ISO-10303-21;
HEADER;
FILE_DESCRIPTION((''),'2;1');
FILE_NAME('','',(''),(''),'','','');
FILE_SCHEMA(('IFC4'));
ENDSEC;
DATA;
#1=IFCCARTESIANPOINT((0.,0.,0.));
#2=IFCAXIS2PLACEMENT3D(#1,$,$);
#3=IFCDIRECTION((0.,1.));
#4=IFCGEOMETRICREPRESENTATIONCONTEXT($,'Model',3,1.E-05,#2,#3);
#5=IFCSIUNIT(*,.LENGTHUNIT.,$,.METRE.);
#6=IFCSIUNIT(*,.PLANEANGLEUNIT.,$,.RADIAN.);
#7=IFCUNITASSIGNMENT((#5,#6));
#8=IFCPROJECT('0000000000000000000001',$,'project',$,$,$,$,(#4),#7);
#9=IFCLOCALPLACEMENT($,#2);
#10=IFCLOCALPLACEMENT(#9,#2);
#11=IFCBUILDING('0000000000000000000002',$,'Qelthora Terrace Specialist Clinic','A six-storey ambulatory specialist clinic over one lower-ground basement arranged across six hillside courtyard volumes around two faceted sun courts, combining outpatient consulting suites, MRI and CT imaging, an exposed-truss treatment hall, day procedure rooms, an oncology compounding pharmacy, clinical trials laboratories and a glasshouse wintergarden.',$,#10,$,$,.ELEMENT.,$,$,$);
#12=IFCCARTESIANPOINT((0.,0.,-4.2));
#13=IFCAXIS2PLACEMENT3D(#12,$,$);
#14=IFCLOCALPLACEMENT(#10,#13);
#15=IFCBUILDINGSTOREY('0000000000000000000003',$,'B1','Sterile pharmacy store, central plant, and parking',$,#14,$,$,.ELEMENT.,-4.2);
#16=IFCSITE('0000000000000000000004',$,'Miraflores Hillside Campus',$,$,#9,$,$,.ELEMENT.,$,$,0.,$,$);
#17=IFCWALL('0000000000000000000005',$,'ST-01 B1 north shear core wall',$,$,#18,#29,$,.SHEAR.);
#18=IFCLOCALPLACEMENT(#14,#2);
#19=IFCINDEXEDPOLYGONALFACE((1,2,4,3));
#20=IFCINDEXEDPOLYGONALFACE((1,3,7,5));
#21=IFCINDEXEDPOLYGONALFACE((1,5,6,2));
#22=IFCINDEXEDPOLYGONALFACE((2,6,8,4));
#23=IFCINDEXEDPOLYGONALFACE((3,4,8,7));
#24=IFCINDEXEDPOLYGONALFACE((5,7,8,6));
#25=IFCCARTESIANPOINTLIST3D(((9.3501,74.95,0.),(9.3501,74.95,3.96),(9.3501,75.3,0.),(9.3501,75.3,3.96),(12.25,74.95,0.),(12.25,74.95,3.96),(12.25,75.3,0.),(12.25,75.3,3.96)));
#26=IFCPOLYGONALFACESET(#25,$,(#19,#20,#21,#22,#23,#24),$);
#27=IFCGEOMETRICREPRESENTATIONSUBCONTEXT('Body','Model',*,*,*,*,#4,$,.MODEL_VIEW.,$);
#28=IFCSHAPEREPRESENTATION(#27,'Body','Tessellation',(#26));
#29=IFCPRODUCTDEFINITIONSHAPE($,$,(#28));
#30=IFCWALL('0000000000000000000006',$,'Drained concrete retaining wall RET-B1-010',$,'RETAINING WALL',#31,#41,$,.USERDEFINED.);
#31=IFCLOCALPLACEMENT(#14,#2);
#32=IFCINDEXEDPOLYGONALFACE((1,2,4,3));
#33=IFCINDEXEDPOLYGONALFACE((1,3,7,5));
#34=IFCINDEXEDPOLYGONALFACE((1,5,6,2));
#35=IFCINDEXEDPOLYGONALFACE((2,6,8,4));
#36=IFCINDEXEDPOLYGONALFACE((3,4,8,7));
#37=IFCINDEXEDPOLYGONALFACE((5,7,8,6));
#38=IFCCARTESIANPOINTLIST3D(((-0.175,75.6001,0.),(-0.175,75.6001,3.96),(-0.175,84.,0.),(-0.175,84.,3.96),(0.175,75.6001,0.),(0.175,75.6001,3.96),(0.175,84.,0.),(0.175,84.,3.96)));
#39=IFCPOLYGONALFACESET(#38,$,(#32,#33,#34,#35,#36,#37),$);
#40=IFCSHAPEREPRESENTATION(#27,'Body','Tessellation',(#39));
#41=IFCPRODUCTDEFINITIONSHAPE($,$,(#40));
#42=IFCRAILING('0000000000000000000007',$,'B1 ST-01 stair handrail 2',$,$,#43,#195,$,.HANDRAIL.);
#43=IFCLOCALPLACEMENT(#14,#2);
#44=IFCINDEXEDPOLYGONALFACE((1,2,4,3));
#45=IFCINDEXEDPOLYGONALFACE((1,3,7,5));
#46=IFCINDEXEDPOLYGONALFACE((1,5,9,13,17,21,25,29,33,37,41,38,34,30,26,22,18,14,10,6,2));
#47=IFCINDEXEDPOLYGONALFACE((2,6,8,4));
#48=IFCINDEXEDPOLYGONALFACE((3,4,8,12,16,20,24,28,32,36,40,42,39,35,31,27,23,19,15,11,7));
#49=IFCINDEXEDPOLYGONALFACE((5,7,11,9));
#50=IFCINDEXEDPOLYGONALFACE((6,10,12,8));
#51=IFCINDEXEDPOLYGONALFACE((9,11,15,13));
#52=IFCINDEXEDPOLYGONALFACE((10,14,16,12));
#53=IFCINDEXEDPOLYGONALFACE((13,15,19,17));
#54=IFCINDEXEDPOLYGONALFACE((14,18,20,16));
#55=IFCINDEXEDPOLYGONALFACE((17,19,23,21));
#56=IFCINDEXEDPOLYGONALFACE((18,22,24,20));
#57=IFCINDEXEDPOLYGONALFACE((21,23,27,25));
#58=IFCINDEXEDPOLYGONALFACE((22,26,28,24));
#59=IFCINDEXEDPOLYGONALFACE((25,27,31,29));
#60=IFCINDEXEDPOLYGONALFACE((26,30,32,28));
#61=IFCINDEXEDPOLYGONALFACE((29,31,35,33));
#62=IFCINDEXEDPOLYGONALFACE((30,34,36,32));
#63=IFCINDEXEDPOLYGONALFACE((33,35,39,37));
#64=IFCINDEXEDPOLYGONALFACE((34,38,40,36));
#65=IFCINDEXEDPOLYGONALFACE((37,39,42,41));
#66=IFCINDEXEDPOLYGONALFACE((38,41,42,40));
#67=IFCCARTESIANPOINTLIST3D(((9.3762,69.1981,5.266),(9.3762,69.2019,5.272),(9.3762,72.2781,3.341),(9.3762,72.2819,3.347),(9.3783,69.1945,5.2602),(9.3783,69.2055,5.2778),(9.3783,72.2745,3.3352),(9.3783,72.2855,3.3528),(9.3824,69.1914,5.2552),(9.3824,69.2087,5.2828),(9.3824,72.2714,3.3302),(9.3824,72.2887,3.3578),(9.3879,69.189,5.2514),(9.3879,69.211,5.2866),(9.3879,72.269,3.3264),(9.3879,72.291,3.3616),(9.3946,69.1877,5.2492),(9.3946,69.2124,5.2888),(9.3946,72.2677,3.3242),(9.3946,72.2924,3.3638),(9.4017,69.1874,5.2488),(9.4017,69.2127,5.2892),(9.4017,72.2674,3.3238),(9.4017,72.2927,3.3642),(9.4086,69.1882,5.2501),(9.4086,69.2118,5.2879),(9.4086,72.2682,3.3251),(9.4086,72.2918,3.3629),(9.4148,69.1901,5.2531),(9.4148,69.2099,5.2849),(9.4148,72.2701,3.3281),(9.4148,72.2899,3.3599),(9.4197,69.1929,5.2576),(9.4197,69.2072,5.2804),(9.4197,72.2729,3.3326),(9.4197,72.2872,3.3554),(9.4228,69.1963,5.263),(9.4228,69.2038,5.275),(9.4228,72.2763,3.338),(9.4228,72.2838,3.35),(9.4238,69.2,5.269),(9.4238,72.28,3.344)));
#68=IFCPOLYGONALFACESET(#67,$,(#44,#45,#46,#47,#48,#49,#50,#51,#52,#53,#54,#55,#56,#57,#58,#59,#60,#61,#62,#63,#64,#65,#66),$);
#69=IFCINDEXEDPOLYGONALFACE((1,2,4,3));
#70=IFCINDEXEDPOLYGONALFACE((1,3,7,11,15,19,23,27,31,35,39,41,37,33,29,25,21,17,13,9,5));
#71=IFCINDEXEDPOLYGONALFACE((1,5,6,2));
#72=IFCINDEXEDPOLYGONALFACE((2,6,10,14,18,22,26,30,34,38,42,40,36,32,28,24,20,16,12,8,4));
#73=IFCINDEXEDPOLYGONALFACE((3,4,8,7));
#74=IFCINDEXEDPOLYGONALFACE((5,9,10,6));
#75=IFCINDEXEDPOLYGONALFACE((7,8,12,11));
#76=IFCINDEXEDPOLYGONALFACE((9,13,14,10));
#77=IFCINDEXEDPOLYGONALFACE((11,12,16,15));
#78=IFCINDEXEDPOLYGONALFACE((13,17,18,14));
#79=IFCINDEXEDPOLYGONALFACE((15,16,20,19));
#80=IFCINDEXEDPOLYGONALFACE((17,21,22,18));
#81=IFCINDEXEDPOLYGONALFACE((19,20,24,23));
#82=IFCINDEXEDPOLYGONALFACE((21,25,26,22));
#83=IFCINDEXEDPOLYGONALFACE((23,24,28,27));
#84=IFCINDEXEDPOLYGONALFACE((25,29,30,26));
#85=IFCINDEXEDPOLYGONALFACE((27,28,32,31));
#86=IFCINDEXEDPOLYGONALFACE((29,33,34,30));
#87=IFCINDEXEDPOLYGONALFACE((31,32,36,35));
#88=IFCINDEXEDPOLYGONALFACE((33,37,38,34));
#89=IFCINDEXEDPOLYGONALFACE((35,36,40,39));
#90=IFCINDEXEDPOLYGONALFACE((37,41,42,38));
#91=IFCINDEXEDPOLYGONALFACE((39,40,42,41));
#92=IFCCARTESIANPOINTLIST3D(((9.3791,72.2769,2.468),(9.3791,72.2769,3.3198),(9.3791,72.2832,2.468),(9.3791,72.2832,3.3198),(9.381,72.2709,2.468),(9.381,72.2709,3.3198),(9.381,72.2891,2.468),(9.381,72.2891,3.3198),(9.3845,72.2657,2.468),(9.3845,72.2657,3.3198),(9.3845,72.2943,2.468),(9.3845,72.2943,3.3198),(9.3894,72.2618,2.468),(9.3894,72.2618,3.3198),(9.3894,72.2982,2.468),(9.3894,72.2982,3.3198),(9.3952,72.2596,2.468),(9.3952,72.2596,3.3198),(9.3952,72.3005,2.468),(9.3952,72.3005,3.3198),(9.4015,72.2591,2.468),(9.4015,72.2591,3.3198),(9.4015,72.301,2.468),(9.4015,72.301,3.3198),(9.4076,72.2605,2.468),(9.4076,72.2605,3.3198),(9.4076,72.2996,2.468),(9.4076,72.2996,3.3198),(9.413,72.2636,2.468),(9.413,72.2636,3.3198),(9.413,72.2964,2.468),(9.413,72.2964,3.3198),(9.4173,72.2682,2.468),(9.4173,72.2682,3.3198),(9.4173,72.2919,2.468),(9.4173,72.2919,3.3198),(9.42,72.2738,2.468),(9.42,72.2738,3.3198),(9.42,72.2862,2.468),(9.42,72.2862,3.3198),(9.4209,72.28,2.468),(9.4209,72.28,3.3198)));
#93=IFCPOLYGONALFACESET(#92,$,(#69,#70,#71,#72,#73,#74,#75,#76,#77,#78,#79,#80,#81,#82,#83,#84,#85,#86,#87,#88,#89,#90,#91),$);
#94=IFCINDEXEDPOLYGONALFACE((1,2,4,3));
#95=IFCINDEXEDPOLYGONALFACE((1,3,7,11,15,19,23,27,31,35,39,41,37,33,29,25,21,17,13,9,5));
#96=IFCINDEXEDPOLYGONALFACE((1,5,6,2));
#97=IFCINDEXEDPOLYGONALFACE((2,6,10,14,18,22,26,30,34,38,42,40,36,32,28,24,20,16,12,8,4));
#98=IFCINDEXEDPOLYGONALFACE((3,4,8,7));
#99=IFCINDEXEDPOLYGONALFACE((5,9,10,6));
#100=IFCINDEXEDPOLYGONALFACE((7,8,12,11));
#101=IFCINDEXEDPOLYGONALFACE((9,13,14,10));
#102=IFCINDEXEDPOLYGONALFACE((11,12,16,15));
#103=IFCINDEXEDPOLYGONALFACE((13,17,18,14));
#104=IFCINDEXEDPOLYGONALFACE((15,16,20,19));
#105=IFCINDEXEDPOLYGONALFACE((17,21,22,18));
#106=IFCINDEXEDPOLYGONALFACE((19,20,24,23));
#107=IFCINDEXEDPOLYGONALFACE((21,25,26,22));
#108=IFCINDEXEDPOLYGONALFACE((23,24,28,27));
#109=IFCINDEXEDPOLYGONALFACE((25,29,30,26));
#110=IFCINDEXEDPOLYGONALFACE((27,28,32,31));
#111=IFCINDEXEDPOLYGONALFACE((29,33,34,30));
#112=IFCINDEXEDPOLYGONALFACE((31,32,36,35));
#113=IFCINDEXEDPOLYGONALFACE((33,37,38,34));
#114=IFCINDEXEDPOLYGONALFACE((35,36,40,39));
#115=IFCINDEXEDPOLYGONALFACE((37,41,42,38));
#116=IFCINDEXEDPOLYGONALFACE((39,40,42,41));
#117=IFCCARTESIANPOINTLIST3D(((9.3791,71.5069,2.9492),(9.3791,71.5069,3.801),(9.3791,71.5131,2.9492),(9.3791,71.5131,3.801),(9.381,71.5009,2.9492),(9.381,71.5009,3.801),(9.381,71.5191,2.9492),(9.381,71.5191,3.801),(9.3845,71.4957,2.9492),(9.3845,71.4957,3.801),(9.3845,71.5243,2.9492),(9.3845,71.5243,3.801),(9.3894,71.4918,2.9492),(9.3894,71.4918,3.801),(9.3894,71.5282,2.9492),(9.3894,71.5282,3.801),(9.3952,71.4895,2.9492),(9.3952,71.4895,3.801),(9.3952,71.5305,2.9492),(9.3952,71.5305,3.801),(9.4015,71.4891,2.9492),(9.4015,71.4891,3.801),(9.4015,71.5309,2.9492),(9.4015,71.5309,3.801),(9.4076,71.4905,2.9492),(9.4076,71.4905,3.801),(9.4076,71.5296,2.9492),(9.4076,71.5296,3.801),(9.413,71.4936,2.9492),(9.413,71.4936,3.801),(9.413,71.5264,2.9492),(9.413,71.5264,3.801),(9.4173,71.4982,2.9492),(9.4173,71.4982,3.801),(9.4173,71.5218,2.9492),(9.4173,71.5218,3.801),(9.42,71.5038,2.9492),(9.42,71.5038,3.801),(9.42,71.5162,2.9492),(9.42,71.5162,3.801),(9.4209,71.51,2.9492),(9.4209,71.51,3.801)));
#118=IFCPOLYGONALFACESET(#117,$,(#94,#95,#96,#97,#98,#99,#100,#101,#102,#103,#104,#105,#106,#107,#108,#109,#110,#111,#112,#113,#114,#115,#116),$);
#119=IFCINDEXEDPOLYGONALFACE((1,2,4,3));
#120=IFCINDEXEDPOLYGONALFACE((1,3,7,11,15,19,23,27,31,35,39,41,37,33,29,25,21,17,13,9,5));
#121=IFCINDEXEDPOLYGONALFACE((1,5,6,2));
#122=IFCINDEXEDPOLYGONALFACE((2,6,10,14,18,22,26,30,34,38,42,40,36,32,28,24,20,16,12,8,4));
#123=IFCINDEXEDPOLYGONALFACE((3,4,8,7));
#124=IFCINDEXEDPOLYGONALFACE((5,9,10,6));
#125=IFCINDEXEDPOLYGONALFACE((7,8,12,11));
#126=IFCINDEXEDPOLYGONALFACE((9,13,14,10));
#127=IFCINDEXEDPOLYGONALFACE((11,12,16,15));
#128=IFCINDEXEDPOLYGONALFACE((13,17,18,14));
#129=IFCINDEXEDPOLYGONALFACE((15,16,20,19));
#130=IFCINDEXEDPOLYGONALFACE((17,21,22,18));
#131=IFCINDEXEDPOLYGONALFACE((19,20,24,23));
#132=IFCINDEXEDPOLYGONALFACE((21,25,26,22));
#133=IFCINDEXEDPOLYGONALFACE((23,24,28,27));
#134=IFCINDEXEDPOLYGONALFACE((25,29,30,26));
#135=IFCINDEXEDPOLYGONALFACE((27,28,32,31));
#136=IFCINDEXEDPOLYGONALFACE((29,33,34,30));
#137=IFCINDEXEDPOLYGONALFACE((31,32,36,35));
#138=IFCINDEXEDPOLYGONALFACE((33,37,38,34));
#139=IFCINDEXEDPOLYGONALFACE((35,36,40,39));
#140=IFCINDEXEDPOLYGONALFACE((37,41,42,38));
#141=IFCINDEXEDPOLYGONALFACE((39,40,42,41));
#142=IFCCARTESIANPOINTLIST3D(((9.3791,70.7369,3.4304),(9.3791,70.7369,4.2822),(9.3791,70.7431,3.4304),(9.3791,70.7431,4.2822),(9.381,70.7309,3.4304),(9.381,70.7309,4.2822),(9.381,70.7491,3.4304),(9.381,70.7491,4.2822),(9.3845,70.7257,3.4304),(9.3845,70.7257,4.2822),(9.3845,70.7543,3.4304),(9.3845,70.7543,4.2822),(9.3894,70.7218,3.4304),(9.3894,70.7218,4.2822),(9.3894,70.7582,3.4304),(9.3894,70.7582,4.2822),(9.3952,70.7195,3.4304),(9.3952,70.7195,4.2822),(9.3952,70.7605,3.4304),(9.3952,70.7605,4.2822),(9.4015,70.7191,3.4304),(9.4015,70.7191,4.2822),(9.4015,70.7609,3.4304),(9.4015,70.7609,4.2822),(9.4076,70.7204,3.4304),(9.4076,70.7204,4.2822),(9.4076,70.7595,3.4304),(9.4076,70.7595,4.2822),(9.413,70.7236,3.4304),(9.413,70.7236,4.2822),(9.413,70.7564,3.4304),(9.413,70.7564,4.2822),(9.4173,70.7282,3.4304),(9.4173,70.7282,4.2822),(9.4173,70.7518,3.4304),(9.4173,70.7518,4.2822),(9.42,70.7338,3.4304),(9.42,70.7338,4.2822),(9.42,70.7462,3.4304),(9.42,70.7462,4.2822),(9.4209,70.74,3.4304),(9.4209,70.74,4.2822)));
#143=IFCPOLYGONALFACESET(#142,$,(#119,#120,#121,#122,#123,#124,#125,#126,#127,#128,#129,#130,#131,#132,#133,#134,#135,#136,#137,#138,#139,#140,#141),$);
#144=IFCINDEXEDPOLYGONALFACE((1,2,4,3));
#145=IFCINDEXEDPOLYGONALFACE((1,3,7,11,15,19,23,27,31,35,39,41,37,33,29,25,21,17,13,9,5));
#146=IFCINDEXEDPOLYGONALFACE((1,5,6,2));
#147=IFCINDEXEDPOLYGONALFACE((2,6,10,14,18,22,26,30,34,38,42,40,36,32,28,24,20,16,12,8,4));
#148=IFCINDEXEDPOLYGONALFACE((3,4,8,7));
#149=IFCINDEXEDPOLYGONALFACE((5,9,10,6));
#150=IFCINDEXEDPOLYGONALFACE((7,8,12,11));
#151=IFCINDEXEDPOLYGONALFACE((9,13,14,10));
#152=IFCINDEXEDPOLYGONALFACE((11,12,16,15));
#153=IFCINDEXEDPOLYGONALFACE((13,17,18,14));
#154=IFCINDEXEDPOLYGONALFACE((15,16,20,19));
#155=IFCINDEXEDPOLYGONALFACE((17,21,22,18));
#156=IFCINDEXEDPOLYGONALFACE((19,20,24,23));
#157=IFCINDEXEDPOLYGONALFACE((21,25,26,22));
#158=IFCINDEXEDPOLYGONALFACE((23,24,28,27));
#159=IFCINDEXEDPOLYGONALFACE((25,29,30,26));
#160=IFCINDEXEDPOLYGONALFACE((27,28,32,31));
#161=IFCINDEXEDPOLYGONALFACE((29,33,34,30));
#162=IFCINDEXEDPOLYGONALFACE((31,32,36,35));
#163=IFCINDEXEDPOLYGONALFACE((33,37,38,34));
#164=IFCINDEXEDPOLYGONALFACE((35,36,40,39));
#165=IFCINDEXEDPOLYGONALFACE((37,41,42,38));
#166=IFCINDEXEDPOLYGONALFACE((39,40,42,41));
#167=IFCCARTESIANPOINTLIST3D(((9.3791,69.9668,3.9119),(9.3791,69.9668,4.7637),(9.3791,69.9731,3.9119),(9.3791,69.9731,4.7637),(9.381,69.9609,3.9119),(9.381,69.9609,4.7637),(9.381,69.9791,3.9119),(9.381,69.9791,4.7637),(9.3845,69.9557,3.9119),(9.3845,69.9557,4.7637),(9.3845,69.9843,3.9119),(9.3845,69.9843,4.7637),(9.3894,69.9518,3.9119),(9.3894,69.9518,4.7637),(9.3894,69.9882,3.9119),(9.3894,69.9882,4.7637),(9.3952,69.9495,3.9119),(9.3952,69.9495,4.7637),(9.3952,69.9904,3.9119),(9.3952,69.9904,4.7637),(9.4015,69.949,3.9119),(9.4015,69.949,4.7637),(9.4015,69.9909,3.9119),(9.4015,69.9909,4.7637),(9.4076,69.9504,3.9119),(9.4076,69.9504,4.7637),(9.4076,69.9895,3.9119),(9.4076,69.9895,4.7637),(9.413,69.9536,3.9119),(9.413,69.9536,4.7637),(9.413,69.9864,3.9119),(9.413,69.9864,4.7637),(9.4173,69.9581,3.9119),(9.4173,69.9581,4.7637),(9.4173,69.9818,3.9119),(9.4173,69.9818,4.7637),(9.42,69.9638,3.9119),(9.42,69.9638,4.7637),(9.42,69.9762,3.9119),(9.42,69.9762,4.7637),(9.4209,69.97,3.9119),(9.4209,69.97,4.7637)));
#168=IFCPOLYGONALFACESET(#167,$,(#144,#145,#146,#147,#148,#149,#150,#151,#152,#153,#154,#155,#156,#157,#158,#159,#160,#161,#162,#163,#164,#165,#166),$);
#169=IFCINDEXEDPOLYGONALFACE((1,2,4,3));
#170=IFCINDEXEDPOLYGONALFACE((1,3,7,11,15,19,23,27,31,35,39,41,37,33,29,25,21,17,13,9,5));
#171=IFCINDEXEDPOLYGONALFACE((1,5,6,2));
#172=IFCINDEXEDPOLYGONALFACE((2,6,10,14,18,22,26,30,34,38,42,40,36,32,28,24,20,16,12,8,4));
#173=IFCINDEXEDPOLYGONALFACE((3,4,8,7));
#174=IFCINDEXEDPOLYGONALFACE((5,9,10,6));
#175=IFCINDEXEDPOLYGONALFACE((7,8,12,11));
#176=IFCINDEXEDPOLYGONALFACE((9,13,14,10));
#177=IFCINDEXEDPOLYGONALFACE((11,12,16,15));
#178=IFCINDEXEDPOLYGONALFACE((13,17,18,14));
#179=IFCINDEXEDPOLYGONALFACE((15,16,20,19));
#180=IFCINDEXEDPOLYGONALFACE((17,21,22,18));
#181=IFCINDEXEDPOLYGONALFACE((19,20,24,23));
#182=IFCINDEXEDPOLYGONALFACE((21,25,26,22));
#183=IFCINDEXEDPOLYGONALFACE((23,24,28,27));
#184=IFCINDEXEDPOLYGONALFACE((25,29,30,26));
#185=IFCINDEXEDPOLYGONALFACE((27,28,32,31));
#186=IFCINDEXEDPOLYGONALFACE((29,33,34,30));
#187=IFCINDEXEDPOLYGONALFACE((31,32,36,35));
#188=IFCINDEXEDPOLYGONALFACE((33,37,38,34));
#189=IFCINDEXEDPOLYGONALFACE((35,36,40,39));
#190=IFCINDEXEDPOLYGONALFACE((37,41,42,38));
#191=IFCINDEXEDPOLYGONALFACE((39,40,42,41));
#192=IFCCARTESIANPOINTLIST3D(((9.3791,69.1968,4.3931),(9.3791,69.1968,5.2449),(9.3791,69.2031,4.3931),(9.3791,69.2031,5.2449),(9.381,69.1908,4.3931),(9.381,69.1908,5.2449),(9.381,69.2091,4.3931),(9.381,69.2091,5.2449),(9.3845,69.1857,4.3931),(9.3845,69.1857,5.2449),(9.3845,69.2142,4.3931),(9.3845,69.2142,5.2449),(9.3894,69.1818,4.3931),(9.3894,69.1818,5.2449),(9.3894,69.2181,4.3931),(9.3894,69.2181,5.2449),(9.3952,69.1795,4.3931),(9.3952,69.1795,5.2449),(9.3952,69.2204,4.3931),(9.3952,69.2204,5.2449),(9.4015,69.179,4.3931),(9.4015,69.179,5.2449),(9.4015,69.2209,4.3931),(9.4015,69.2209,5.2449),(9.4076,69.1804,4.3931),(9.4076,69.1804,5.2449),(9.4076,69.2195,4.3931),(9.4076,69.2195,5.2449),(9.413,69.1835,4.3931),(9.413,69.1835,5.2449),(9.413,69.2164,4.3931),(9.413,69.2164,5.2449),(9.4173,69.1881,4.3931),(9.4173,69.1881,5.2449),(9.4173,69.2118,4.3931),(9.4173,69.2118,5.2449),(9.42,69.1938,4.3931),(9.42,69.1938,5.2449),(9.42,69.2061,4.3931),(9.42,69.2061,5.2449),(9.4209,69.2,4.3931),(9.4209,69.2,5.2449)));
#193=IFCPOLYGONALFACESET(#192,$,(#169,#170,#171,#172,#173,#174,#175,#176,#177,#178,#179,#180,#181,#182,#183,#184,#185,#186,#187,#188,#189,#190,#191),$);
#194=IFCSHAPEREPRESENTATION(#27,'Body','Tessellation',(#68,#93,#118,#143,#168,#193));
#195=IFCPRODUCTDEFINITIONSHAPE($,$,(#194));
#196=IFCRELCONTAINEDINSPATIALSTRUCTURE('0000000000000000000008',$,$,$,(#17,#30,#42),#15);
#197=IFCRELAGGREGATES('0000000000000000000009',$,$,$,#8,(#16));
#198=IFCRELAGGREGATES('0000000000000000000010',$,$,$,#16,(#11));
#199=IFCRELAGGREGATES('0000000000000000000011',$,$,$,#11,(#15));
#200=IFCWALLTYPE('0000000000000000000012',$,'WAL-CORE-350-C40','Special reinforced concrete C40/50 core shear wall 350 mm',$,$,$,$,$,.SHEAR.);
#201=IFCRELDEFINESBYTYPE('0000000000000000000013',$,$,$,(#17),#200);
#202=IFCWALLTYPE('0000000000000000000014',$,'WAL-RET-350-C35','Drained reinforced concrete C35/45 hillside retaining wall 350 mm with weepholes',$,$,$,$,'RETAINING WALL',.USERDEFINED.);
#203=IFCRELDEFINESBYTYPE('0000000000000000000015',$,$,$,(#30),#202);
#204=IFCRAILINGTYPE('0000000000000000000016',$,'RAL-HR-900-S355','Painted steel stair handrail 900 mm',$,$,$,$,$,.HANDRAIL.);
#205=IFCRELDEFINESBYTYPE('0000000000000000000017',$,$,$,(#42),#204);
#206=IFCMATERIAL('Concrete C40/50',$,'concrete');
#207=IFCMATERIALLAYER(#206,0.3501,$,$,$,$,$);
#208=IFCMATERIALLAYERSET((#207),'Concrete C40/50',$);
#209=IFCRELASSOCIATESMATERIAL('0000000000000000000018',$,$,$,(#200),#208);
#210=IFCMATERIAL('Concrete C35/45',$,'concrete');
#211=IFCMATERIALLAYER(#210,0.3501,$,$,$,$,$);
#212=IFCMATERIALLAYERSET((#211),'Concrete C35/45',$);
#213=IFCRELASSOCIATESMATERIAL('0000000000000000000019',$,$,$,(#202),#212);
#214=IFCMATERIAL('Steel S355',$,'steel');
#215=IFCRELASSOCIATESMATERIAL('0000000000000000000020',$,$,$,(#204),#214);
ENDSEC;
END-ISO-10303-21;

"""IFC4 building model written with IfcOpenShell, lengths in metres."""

from ifc_helpers import new_model, si_unit, direction, frame, frame_2d, origin, origin_2d, place, context, subcontext, project, spatial, rectangle, circle, extrude, material, layer, layer_set, type_object, element, save


model = new_model("IFC4")

# Units and contexts
model_context = context("Model", 3, precision=1e-05, world=origin(), true_north=direction((0.0, 1.0)))
body_context = subcontext(model_context, "Body", "Model", "MODEL_VIEW")
ifc_project = project(units=[si_unit("LENGTHUNIT", "METRE"), si_unit("PLANEANGLEUNIT", "RADIAN")], contexts=[model_context])

# Site, building, storey
site_placement = place(None, origin())
site = spatial("IfcSite", under=ifc_project, at=site_placement, Name="Miraflores Hillside Campus", CompositionType="ELEMENT", RefElevation=0.0)
building_placement = place(site_placement, origin())
building = spatial("IfcBuilding", under=site, at=building_placement, Name="Qelthora Terrace Specialist Clinic", Description="A six-storey ambulatory specialist clinic over one lower-ground basement arranged across six hillside courtyard volumes around two faceted sun courts, combining outpatient consulting suites, MRI and CT imaging, an exposed-truss treatment hall, day procedure rooms, an oncology compounding pharmacy, clinical trials laboratories and a glasshouse wintergarden.", CompositionType="ELEMENT")
storey_placement = place(building_placement, frame((0.0, 0.0, -4.2)))
storey = spatial("IfcBuildingStorey", under=building, at=storey_placement, Name="B1", Description="Sterile pharmacy store, central plant, and parking", CompositionType="ELEMENT", Elevation=-4.2)

# Shared definitions
ifc_material_1 = material(Name="Concrete C35/45", Category="concrete")

# Shared definitions
ifc_material_2 = material(Name="Concrete C40/50", Category="concrete")
ifc_material_3 = material(Name="Steel S355", Category="steel")

# Wall
ifc_layer_1 = layer(ifc_material_2, 0.3501)
ifc_layer_set_1 = layer_set([ifc_layer_1], Name="Concrete C40/50")
wall_type_1 = type_object("IfcWallType", Name="WAL-CORE-350-C40", Description="Special reinforced concrete C40/50 core shear wall 350 mm", PredefinedType="SHEAR", material=ifc_layer_set_1)
wall_1_placement = place(storey_placement, frame((9.3501, 75.125, 0.0), z_axis=(0.0, 0.0, 1.0), x_axis=(1.0, 0.0, 0.0)))
element("IfcWall", 1, at=wall_1_placement, inside=storey, type_object=wall_type_1, Name="ST-01 B1 north shear core wall", PredefinedType="SHEAR", context=body_context, shape_type="SweptSolid", body=[
    extrude(rectangle(XDim=2.8999, YDim=0.3501, at=frame_2d((1.45, 0.0))), origin(), (0.0, 0.0, 1.0), 3.96),
])

# Wall
ifc_layer_2 = layer(ifc_material_1, 0.3501)
ifc_layer_set_2 = layer_set([ifc_layer_2], Name="Concrete C35/45")
wall_type_2 = type_object("IfcWallType", Name="WAL-RET-350-C35", Description="Drained reinforced concrete C35/45 hillside retaining wall 350 mm with weepholes", ElementType="RETAINING WALL", PredefinedType="USERDEFINED", material=ifc_layer_set_2)
wall_2_placement = place(storey_placement, frame((0.0, 75.6001, 0.0), z_axis=(0.0, 0.0, 1.0), x_axis=(0.0, 1.0, 0.0)))
element("IfcWall", 2, at=wall_2_placement, inside=storey, type_object=wall_type_2, Name="Drained concrete retaining wall RET-B1-010", ObjectType="RETAINING WALL", PredefinedType="USERDEFINED", context=body_context, shape_type="SweptSolid", body=[
    extrude(rectangle(XDim=8.3999, YDim=0.3501, at=frame_2d((4.2, 0.0))), origin(), (0.0, 0.0, 1.0), 3.96),
])

# Railing
railing_type = type_object("IfcRailingType", Name="RAL-HR-900-S355", Description="Painted steel stair handrail 900 mm", PredefinedType="HANDRAIL", material=ifc_material_3)
railing_placement = place(storey_placement, frame((9.3999, 72.28, 2.468)))
element("IfcRailing", 3, at=railing_placement, inside=storey, type_object=railing_type, Name="B1 ST-01 stair handrail 2", PredefinedType="HANDRAIL", context=body_context, shape_type="SweptSolid", body=[
    extrude(circle(Radius=0.0239, at=origin_2d()), frame((0.0, 0.0, 0.876), z_axis=(0.0, -0.847998, 0.529999), x_axis=(1.0, 0.0, 0.0)), (0.0, 0.0, 1.0), 3.6321),
    extrude(circle(Radius=0.021, at=origin_2d()), origin(), (0.0, 0.0, 1.0), 0.8518),
    extrude(circle(Radius=0.021, at=origin_2d()), frame((0.0, -0.77, 0.4812)), (0.0, 0.0, 1.0), 0.8518),
    extrude(circle(Radius=0.021, at=origin_2d()), frame((0.0, -1.54, 0.9624)), (0.0, 0.0, 1.0), 0.8518),
    extrude(circle(Radius=0.021, at=origin_2d()), frame((0.0, -2.3101, 1.4438)), (0.0, 0.0, 1.0), 0.8518),
    extrude(circle(Radius=0.021, at=origin_2d()), frame((0.0, -3.0801, 1.925)), (0.0, 0.0, 1.0), 0.8518),
])

save(model, "model.ifc")
